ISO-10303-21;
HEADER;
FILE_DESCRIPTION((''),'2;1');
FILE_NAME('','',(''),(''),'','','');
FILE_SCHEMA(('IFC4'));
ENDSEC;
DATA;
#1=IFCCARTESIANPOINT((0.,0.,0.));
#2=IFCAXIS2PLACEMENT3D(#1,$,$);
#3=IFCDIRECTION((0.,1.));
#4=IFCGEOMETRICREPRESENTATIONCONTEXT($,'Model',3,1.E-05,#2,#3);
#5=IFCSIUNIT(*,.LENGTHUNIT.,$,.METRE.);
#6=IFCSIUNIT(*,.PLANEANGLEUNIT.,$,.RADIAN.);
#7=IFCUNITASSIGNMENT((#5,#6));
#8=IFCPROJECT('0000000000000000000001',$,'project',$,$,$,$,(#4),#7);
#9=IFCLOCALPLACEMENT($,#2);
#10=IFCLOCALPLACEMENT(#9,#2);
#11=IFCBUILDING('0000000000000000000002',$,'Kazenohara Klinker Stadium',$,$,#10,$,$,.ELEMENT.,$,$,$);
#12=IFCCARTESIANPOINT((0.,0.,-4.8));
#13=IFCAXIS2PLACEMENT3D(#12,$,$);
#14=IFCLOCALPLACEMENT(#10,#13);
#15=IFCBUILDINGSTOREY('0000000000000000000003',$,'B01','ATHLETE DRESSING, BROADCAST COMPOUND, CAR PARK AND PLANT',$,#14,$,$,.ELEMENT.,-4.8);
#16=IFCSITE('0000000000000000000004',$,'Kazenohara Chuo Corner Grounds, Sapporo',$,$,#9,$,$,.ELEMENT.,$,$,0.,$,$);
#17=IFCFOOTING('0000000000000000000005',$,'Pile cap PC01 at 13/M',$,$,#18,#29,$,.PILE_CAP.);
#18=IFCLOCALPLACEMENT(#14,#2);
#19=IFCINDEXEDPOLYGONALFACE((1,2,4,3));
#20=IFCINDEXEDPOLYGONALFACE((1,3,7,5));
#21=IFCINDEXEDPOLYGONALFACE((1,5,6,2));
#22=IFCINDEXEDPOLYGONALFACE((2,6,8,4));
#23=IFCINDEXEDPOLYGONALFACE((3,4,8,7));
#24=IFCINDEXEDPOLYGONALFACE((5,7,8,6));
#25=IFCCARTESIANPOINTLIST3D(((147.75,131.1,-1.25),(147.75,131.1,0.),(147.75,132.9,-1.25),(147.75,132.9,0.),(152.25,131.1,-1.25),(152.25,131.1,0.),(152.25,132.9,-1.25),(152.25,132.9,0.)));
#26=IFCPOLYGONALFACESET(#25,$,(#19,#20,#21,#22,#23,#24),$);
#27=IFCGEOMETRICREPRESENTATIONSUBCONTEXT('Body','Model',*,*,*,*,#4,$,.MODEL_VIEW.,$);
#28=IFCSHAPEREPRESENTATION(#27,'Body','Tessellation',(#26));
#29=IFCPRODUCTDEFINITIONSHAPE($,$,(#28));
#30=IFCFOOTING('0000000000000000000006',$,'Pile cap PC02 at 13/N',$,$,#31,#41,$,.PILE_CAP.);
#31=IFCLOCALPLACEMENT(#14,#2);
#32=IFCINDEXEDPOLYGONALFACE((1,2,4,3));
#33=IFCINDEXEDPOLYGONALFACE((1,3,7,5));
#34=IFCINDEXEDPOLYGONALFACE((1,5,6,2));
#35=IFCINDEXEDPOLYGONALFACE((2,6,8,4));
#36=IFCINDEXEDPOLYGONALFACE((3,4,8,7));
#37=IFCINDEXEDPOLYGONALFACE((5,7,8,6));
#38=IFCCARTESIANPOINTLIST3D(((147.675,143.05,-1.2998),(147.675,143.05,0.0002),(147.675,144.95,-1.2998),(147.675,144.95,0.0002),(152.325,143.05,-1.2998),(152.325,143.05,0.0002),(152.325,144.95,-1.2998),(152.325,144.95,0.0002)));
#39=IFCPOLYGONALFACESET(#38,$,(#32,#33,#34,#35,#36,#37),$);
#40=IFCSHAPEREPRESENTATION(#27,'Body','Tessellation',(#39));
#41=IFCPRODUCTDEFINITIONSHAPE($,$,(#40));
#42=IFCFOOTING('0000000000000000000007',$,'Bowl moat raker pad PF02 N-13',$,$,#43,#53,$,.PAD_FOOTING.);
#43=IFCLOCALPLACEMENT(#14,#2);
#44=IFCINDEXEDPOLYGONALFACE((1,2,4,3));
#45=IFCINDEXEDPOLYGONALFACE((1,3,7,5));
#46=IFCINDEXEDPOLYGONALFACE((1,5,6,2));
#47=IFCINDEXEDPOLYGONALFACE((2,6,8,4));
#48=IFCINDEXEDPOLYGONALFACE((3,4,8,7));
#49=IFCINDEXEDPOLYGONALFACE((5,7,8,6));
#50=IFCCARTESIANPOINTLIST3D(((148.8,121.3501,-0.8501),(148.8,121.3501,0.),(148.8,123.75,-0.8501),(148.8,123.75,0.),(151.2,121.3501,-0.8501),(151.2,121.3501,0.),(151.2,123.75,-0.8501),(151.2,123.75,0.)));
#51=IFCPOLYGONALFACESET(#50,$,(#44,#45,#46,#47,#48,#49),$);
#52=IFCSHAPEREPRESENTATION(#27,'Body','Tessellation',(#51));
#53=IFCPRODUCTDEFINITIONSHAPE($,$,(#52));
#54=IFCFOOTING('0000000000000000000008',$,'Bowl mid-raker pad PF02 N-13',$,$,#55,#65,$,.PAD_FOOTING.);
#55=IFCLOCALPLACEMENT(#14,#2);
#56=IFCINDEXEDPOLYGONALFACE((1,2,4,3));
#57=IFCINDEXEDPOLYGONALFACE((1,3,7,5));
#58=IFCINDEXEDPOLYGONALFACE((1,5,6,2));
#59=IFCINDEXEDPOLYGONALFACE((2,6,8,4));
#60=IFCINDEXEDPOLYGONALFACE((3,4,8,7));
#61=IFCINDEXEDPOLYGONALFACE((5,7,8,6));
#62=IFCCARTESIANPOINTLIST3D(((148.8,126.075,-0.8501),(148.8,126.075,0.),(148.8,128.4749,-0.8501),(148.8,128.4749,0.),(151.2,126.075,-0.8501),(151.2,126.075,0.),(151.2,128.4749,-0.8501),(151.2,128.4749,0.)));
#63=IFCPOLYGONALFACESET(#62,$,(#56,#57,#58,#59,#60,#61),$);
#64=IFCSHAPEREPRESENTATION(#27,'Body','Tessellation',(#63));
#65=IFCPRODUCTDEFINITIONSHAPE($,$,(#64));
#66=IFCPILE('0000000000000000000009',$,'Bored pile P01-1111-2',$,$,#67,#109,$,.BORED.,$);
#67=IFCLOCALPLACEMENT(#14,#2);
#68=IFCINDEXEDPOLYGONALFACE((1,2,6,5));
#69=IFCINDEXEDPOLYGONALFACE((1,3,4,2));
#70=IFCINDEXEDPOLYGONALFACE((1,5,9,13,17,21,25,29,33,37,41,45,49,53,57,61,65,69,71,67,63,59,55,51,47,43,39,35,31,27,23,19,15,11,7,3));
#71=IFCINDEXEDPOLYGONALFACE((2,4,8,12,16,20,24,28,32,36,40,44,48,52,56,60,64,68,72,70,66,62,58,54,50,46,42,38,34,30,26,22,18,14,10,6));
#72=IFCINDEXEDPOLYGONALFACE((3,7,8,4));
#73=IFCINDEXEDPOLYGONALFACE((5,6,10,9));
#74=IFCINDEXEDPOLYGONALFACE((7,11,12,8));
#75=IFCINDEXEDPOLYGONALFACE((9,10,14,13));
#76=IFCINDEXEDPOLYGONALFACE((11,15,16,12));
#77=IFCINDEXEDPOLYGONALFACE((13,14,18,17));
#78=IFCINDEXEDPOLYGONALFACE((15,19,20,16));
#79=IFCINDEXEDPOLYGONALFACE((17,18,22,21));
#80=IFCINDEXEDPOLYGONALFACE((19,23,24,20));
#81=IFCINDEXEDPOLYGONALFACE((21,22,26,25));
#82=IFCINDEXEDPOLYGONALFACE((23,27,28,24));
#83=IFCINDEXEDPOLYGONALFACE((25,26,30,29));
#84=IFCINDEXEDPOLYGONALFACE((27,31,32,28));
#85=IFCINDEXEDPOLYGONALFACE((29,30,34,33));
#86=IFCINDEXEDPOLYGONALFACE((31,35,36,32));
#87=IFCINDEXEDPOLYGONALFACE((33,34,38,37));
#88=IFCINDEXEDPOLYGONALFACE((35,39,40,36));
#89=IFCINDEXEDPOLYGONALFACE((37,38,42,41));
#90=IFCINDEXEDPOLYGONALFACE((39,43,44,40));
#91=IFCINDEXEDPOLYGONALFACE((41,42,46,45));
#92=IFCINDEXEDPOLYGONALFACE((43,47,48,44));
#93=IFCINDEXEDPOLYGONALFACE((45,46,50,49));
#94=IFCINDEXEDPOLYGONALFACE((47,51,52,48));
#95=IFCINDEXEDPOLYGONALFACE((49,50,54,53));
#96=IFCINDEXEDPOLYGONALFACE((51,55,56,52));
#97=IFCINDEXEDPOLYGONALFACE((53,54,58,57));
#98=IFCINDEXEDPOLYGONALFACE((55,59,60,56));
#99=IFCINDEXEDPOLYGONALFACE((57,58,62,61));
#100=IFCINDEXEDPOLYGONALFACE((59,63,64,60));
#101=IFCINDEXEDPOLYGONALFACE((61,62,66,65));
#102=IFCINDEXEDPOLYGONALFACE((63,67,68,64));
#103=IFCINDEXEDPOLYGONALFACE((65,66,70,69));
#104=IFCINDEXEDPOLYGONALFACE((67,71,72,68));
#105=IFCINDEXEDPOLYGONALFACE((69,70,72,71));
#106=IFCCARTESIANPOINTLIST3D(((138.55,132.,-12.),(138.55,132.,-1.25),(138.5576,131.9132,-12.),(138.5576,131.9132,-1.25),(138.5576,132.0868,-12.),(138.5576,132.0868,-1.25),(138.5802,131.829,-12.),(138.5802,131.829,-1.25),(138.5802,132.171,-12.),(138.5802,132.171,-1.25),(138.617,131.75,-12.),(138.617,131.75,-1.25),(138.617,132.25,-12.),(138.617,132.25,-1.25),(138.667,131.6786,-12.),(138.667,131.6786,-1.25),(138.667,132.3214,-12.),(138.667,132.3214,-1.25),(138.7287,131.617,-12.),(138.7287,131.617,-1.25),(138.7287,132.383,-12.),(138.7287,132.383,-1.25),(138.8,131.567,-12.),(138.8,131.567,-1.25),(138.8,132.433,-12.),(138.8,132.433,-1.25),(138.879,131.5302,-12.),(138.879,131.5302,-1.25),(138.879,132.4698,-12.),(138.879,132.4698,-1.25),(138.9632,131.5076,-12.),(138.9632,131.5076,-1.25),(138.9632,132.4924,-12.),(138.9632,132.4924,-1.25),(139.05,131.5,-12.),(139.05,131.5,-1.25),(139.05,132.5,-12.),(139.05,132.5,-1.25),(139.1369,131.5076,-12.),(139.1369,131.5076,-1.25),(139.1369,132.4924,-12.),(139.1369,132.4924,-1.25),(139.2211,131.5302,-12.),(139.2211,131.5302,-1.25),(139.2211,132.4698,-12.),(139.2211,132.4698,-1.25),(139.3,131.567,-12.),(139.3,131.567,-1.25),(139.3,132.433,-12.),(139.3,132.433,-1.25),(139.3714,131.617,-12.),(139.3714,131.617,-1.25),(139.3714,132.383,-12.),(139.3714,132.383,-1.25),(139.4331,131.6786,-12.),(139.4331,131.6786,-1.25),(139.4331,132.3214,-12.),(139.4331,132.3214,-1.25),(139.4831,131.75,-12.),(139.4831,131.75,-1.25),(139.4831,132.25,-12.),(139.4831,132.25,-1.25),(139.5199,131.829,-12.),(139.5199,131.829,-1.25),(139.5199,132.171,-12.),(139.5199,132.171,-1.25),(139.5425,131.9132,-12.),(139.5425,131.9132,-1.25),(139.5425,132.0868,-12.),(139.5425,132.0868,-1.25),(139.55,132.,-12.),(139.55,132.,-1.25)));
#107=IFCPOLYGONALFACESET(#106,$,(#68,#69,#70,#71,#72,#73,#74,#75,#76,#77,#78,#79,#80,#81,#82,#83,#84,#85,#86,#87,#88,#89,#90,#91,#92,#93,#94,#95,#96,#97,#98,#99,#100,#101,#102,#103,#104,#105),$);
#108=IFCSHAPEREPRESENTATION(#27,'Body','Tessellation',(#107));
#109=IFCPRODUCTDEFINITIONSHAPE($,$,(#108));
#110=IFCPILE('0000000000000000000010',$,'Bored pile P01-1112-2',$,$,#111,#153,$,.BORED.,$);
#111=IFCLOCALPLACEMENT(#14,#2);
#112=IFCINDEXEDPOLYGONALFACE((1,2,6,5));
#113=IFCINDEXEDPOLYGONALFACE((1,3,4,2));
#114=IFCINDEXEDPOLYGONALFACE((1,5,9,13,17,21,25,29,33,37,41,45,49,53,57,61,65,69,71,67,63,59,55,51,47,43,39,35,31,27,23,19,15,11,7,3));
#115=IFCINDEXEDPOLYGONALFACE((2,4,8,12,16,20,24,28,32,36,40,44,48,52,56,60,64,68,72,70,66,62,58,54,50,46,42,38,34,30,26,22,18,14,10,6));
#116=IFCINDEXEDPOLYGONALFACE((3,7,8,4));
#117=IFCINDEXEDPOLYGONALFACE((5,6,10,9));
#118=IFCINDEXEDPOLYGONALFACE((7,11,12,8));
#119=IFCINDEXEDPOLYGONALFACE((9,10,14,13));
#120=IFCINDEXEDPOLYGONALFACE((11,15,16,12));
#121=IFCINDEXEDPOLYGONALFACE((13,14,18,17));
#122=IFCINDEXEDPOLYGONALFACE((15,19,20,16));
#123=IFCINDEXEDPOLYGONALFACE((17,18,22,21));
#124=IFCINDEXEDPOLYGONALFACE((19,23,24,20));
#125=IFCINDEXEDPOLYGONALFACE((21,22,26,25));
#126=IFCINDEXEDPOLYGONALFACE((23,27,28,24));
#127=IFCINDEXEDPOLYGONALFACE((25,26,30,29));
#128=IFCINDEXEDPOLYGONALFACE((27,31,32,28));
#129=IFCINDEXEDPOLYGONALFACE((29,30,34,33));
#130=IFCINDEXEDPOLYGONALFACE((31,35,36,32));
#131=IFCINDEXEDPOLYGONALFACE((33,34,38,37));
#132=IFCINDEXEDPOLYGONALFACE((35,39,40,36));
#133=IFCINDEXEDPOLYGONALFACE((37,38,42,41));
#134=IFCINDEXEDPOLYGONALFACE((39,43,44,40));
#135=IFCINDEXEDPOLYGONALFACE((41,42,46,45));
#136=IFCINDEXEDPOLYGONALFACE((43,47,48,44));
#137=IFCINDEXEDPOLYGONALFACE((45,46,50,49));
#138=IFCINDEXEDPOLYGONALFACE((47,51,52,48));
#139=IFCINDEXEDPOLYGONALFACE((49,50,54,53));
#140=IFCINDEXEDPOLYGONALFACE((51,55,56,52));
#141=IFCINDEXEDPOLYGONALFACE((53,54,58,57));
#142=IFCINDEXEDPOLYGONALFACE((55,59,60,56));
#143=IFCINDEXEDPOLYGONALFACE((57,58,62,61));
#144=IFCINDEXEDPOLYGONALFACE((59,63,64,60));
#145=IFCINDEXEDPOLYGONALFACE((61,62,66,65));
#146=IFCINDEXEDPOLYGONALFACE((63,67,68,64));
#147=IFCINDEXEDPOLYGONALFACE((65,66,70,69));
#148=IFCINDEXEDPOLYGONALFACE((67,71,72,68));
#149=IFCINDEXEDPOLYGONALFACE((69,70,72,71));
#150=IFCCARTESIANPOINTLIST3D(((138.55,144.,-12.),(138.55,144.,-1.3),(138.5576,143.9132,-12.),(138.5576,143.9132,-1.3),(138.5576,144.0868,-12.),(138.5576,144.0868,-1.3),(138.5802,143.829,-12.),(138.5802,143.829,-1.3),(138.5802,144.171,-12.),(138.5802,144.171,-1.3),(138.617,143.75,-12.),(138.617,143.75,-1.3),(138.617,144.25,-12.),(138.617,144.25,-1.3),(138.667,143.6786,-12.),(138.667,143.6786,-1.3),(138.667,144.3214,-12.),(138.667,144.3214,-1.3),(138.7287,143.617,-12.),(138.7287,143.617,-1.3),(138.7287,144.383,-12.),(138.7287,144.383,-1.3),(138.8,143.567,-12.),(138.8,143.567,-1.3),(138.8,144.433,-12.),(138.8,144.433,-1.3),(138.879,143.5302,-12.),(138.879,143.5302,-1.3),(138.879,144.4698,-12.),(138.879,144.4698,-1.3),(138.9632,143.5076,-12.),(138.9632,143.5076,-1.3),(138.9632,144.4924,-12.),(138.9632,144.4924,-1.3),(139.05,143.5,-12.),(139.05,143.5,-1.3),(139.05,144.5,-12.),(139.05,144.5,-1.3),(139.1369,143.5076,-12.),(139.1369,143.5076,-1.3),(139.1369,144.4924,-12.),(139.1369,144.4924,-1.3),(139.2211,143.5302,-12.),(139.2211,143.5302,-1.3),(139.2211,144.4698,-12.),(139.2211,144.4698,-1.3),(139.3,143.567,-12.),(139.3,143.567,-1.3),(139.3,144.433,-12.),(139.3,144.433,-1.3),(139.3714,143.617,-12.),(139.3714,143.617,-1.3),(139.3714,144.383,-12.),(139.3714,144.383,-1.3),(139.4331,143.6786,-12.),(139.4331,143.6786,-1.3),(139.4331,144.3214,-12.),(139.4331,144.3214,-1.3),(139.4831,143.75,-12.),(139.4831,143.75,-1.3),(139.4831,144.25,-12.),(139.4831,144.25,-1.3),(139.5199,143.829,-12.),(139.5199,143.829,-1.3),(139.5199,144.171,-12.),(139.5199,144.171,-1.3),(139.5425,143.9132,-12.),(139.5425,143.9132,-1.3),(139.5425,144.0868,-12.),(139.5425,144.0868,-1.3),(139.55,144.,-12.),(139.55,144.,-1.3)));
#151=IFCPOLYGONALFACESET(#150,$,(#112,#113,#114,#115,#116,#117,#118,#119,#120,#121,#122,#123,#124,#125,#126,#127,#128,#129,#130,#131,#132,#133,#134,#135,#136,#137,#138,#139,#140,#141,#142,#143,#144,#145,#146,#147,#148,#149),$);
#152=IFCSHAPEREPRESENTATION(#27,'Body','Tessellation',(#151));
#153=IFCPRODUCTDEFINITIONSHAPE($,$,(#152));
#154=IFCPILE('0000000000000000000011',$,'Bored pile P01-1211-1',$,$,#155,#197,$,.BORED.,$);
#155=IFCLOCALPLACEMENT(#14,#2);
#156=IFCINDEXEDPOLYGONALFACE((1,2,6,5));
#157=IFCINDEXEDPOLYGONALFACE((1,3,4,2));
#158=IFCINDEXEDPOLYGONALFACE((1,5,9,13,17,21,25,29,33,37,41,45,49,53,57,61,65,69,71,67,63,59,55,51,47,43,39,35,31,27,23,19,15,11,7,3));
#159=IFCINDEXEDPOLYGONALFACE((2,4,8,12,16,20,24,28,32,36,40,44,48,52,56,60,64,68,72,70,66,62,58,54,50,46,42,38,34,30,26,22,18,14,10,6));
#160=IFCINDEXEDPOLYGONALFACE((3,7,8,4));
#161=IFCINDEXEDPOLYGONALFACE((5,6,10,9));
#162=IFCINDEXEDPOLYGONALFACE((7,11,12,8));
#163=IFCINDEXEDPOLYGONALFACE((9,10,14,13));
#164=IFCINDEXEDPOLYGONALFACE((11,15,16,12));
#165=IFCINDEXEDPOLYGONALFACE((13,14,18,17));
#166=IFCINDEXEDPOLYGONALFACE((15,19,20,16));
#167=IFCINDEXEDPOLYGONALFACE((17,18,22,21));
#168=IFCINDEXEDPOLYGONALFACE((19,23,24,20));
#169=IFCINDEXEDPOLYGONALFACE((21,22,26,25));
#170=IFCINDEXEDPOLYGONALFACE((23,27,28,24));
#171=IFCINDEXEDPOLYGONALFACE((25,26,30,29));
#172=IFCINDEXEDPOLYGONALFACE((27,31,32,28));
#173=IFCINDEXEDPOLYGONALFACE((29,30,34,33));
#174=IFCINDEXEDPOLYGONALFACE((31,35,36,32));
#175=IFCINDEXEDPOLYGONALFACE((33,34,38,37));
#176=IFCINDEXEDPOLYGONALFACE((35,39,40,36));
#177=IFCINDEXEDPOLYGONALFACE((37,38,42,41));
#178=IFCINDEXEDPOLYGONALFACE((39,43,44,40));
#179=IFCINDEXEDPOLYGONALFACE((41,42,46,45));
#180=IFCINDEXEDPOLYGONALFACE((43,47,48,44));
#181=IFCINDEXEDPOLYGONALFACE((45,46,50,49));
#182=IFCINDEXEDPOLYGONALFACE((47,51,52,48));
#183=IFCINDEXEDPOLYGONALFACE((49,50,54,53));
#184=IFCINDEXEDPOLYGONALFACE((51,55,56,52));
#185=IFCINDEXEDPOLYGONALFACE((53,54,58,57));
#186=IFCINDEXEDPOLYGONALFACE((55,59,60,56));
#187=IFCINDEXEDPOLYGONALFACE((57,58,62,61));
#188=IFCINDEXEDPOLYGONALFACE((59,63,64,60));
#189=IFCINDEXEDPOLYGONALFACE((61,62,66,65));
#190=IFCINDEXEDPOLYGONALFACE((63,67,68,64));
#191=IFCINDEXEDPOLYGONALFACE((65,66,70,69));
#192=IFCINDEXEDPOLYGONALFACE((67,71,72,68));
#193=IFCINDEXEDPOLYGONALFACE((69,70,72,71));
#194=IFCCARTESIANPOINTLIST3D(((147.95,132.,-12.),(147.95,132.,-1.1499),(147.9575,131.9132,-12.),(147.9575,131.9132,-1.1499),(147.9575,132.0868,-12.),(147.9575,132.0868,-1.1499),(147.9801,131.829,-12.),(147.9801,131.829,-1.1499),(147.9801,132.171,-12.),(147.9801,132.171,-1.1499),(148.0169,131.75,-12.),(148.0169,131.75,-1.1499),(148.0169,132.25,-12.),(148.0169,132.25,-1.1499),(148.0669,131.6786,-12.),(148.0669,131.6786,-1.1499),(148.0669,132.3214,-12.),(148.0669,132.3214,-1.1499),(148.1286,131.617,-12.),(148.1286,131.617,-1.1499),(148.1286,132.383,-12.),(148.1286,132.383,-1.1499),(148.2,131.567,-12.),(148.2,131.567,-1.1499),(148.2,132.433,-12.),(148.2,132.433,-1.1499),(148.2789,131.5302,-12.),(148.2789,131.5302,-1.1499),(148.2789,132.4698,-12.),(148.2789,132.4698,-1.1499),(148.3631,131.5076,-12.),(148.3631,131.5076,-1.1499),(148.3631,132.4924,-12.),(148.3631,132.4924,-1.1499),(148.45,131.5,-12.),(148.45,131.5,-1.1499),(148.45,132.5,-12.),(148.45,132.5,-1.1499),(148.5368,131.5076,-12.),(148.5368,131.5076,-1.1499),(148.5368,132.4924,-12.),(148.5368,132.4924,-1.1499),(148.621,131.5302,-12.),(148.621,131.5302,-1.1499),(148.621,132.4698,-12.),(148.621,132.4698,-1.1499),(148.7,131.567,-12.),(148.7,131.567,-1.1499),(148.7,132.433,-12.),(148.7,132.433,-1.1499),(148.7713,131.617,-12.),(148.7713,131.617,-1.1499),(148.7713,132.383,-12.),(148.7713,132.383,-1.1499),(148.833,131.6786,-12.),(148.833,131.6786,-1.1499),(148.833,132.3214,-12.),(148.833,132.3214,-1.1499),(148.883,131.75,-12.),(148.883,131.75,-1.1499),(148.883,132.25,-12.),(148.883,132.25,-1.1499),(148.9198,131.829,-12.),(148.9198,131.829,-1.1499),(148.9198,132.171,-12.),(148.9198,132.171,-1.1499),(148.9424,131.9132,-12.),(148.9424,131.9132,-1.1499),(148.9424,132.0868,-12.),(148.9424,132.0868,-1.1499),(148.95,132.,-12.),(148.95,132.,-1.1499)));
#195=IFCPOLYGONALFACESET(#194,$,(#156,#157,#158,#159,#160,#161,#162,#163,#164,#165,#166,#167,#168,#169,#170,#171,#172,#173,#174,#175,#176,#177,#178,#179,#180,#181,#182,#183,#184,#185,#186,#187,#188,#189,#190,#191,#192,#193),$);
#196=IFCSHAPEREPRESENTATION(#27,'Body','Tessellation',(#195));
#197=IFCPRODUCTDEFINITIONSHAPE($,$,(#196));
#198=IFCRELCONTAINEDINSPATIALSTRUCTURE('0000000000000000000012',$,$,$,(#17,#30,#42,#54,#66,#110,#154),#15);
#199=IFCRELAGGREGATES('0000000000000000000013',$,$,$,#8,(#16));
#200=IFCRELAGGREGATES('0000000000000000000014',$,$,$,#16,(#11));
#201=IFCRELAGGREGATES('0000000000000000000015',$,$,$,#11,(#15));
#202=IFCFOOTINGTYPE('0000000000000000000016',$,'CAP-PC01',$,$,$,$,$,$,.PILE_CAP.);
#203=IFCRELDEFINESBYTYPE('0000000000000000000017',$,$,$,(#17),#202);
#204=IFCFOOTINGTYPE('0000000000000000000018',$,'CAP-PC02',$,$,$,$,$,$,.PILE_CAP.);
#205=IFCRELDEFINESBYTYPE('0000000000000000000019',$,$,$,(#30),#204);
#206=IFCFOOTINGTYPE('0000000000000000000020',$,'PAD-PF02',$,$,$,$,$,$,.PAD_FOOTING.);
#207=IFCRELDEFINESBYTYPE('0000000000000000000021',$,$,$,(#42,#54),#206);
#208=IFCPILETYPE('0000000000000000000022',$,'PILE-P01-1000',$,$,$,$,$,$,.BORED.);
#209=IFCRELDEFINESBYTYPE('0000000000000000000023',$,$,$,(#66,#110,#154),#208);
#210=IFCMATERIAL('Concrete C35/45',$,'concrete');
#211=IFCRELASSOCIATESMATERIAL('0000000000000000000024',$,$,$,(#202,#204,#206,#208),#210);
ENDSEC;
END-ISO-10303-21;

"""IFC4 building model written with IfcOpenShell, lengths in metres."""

from ifc_helpers import new_model, si_unit, direction, frame, origin, origin_2d, place, context, subcontext, project, spatial, rectangle, circle, extrude, material, material_profile, profile_set, type_object, element, save


model = new_model("IFC4")

# Units and contexts
model_context = context("Model", 3, precision=1e-05, world=origin(), true_north=direction((0.0, 1.0)))
body_context = subcontext(model_context, "Body", "Model", "MODEL_VIEW")
ifc_project = project(units=[si_unit("LENGTHUNIT", "METRE"), si_unit("PLANEANGLEUNIT", "RADIAN")], contexts=[model_context])

# Site, building, storey
site_placement = place(None, origin())
site = spatial("IfcSite", under=ifc_project, at=site_placement, Name="Kazenohara Chuo Corner Grounds, Sapporo", CompositionType="ELEMENT", RefElevation=0.0)
building_placement = place(site_placement, origin())
building = spatial("IfcBuilding", under=site, at=building_placement, Name="Kazenohara Klinker Stadium", CompositionType="ELEMENT")
storey_placement = place(building_placement, frame((0.0, 0.0, -4.8)))
storey = spatial("IfcBuildingStorey", under=building, at=storey_placement, Name="B01", Description="ATHLETE DRESSING, BROADCAST COMPOUND, CAR PARK AND PLANT", CompositionType="ELEMENT", Elevation=-4.8)

# Footings
ifc_material_1 = material(Name="Concrete C35/45", Category="concrete")
footing_type_1 = type_object("IfcFootingType", Name="CAP-PC01", PredefinedType="PILE_CAP", material=ifc_material_1)
footing_1_placement = place(storey_placement, frame((150.0, 132.0, -1.25), z_axis=(0.0, 0.0, 1.0), x_axis=(1.0, 0.0, 0.0)))
element("IfcFooting", 1, at=footing_1_placement, inside=storey, type_object=footing_type_1, Name="Pile cap PC01 at 13/M", PredefinedType="PILE_CAP", context=body_context, shape_type="SweptSolid", body=[
    extrude(rectangle(XDim=4.5, YDim=1.8, at=origin_2d()), origin(), (0.0, 0.0, 1.0), 1.25),
])
footing_type_2 = type_object("IfcFootingType", Name="CAP-PC02", PredefinedType="PILE_CAP", material=ifc_material_1)
footing_2_placement = place(storey_placement, frame((150.0, 144.0, -1.2998), z_axis=(0.0, 0.0, 1.0), x_axis=(1.0, 0.0, 0.0)))
element("IfcFooting", 2, at=footing_2_placement, inside=storey, type_object=footing_type_2, Name="Pile cap PC02 at 13/N", PredefinedType="PILE_CAP", context=body_context, shape_type="SweptSolid", body=[
    extrude(rectangle(XDim=4.6499, YDim=1.8999, at=origin_2d()), origin(), (0.0, 0.0, 1.0), 1.3),
])
footing_type_3 = type_object("IfcFootingType", Name="PAD-PF02", PredefinedType="PAD_FOOTING", material=ifc_material_1)
for number, where, z_axis, x_axis, name in (
    (3, (150.0, 122.55, -0.8501), (0.0, 0.0, 1.0), (1.0, 0.0, 0.0), "Bowl moat raker pad PF02 N-13"),
    (4, (150.0, 127.2749, -0.8501), (0.0, 0.0, 1.0), (1.0, 0.0, 0.0), "Bowl mid-raker pad PF02 N-13"),
):
    element("IfcFooting", number, at=place(storey_placement, frame(where, z_axis=z_axis, x_axis=x_axis)), inside=storey, type_object=footing_type_3, Name=name, PredefinedType="PAD_FOOTING", context=body_context, shape_type="SweptSolid", body=[
        extrude(rectangle(XDim=2.3999, YDim=2.3999, at=origin_2d()), origin(), (0.0, 0.0, 1.0), 0.8501),
    ])

# Piles
ifc_material_profile_1 = material_profile(ifc_material_1, circle(Radius=0.5, at=origin_2d()), Name="BORED-PILE-1000")
ifc_profile_set_1 = profile_set([ifc_material_profile_1], Name="Concrete C35/45")
pile_type = type_object("IfcPileType", Name="PILE-P01-1000", PredefinedType="BORED", material=ifc_profile_set_1)
pile_1_placement = place(storey_placement, frame((139.05, 132.0, -1.25), z_axis=(0.0, 0.0, -1.0), x_axis=(1.0, 0.0, 0.0)))
element("IfcPile", 5, at=pile_1_placement, inside=storey, type_object=pile_type, Name="Bored pile P01-1111-2", PredefinedType="BORED", context=body_context, shape_type="SweptSolid", body=[
    extrude(circle(Radius=0.5, at=origin_2d()), origin(), (0.0, 0.0, 1.0), 10.75),
])
pile_2_placement = place(storey_placement, frame((139.05, 144.0, -1.3), z_axis=(0.0, 0.0, -1.0), x_axis=(1.0, 0.0, 0.0)))
element("IfcPile", 6, at=pile_2_placement, inside=storey, type_object=pile_type, Name="Bored pile P01-1112-2", PredefinedType="BORED", context=body_context, shape_type="SweptSolid", body=[
    extrude(circle(Radius=0.5, at=origin_2d()), origin(), (0.0, 0.0, 1.0), 10.7),
])
for number, where, z_axis, x_axis, name in (
    (7, (148.45, 132.0, -1.1499), (0.0, 0.0, -1.0), (1.0, 0.0, 0.0), "Bored pile P01-1211-1"),
):
    element("IfcPile", number, at=place(storey_placement, frame(where, z_axis=z_axis, x_axis=x_axis)), inside=storey, type_object=pile_type, Name=name, PredefinedType="BORED", context=body_context, shape_type="SweptSolid", body=[
        extrude(circle(Radius=0.5, at=origin_2d()), origin(), (0.0, 0.0, 1.0), 10.8501),
    ])

save(model, "model.ifc")
